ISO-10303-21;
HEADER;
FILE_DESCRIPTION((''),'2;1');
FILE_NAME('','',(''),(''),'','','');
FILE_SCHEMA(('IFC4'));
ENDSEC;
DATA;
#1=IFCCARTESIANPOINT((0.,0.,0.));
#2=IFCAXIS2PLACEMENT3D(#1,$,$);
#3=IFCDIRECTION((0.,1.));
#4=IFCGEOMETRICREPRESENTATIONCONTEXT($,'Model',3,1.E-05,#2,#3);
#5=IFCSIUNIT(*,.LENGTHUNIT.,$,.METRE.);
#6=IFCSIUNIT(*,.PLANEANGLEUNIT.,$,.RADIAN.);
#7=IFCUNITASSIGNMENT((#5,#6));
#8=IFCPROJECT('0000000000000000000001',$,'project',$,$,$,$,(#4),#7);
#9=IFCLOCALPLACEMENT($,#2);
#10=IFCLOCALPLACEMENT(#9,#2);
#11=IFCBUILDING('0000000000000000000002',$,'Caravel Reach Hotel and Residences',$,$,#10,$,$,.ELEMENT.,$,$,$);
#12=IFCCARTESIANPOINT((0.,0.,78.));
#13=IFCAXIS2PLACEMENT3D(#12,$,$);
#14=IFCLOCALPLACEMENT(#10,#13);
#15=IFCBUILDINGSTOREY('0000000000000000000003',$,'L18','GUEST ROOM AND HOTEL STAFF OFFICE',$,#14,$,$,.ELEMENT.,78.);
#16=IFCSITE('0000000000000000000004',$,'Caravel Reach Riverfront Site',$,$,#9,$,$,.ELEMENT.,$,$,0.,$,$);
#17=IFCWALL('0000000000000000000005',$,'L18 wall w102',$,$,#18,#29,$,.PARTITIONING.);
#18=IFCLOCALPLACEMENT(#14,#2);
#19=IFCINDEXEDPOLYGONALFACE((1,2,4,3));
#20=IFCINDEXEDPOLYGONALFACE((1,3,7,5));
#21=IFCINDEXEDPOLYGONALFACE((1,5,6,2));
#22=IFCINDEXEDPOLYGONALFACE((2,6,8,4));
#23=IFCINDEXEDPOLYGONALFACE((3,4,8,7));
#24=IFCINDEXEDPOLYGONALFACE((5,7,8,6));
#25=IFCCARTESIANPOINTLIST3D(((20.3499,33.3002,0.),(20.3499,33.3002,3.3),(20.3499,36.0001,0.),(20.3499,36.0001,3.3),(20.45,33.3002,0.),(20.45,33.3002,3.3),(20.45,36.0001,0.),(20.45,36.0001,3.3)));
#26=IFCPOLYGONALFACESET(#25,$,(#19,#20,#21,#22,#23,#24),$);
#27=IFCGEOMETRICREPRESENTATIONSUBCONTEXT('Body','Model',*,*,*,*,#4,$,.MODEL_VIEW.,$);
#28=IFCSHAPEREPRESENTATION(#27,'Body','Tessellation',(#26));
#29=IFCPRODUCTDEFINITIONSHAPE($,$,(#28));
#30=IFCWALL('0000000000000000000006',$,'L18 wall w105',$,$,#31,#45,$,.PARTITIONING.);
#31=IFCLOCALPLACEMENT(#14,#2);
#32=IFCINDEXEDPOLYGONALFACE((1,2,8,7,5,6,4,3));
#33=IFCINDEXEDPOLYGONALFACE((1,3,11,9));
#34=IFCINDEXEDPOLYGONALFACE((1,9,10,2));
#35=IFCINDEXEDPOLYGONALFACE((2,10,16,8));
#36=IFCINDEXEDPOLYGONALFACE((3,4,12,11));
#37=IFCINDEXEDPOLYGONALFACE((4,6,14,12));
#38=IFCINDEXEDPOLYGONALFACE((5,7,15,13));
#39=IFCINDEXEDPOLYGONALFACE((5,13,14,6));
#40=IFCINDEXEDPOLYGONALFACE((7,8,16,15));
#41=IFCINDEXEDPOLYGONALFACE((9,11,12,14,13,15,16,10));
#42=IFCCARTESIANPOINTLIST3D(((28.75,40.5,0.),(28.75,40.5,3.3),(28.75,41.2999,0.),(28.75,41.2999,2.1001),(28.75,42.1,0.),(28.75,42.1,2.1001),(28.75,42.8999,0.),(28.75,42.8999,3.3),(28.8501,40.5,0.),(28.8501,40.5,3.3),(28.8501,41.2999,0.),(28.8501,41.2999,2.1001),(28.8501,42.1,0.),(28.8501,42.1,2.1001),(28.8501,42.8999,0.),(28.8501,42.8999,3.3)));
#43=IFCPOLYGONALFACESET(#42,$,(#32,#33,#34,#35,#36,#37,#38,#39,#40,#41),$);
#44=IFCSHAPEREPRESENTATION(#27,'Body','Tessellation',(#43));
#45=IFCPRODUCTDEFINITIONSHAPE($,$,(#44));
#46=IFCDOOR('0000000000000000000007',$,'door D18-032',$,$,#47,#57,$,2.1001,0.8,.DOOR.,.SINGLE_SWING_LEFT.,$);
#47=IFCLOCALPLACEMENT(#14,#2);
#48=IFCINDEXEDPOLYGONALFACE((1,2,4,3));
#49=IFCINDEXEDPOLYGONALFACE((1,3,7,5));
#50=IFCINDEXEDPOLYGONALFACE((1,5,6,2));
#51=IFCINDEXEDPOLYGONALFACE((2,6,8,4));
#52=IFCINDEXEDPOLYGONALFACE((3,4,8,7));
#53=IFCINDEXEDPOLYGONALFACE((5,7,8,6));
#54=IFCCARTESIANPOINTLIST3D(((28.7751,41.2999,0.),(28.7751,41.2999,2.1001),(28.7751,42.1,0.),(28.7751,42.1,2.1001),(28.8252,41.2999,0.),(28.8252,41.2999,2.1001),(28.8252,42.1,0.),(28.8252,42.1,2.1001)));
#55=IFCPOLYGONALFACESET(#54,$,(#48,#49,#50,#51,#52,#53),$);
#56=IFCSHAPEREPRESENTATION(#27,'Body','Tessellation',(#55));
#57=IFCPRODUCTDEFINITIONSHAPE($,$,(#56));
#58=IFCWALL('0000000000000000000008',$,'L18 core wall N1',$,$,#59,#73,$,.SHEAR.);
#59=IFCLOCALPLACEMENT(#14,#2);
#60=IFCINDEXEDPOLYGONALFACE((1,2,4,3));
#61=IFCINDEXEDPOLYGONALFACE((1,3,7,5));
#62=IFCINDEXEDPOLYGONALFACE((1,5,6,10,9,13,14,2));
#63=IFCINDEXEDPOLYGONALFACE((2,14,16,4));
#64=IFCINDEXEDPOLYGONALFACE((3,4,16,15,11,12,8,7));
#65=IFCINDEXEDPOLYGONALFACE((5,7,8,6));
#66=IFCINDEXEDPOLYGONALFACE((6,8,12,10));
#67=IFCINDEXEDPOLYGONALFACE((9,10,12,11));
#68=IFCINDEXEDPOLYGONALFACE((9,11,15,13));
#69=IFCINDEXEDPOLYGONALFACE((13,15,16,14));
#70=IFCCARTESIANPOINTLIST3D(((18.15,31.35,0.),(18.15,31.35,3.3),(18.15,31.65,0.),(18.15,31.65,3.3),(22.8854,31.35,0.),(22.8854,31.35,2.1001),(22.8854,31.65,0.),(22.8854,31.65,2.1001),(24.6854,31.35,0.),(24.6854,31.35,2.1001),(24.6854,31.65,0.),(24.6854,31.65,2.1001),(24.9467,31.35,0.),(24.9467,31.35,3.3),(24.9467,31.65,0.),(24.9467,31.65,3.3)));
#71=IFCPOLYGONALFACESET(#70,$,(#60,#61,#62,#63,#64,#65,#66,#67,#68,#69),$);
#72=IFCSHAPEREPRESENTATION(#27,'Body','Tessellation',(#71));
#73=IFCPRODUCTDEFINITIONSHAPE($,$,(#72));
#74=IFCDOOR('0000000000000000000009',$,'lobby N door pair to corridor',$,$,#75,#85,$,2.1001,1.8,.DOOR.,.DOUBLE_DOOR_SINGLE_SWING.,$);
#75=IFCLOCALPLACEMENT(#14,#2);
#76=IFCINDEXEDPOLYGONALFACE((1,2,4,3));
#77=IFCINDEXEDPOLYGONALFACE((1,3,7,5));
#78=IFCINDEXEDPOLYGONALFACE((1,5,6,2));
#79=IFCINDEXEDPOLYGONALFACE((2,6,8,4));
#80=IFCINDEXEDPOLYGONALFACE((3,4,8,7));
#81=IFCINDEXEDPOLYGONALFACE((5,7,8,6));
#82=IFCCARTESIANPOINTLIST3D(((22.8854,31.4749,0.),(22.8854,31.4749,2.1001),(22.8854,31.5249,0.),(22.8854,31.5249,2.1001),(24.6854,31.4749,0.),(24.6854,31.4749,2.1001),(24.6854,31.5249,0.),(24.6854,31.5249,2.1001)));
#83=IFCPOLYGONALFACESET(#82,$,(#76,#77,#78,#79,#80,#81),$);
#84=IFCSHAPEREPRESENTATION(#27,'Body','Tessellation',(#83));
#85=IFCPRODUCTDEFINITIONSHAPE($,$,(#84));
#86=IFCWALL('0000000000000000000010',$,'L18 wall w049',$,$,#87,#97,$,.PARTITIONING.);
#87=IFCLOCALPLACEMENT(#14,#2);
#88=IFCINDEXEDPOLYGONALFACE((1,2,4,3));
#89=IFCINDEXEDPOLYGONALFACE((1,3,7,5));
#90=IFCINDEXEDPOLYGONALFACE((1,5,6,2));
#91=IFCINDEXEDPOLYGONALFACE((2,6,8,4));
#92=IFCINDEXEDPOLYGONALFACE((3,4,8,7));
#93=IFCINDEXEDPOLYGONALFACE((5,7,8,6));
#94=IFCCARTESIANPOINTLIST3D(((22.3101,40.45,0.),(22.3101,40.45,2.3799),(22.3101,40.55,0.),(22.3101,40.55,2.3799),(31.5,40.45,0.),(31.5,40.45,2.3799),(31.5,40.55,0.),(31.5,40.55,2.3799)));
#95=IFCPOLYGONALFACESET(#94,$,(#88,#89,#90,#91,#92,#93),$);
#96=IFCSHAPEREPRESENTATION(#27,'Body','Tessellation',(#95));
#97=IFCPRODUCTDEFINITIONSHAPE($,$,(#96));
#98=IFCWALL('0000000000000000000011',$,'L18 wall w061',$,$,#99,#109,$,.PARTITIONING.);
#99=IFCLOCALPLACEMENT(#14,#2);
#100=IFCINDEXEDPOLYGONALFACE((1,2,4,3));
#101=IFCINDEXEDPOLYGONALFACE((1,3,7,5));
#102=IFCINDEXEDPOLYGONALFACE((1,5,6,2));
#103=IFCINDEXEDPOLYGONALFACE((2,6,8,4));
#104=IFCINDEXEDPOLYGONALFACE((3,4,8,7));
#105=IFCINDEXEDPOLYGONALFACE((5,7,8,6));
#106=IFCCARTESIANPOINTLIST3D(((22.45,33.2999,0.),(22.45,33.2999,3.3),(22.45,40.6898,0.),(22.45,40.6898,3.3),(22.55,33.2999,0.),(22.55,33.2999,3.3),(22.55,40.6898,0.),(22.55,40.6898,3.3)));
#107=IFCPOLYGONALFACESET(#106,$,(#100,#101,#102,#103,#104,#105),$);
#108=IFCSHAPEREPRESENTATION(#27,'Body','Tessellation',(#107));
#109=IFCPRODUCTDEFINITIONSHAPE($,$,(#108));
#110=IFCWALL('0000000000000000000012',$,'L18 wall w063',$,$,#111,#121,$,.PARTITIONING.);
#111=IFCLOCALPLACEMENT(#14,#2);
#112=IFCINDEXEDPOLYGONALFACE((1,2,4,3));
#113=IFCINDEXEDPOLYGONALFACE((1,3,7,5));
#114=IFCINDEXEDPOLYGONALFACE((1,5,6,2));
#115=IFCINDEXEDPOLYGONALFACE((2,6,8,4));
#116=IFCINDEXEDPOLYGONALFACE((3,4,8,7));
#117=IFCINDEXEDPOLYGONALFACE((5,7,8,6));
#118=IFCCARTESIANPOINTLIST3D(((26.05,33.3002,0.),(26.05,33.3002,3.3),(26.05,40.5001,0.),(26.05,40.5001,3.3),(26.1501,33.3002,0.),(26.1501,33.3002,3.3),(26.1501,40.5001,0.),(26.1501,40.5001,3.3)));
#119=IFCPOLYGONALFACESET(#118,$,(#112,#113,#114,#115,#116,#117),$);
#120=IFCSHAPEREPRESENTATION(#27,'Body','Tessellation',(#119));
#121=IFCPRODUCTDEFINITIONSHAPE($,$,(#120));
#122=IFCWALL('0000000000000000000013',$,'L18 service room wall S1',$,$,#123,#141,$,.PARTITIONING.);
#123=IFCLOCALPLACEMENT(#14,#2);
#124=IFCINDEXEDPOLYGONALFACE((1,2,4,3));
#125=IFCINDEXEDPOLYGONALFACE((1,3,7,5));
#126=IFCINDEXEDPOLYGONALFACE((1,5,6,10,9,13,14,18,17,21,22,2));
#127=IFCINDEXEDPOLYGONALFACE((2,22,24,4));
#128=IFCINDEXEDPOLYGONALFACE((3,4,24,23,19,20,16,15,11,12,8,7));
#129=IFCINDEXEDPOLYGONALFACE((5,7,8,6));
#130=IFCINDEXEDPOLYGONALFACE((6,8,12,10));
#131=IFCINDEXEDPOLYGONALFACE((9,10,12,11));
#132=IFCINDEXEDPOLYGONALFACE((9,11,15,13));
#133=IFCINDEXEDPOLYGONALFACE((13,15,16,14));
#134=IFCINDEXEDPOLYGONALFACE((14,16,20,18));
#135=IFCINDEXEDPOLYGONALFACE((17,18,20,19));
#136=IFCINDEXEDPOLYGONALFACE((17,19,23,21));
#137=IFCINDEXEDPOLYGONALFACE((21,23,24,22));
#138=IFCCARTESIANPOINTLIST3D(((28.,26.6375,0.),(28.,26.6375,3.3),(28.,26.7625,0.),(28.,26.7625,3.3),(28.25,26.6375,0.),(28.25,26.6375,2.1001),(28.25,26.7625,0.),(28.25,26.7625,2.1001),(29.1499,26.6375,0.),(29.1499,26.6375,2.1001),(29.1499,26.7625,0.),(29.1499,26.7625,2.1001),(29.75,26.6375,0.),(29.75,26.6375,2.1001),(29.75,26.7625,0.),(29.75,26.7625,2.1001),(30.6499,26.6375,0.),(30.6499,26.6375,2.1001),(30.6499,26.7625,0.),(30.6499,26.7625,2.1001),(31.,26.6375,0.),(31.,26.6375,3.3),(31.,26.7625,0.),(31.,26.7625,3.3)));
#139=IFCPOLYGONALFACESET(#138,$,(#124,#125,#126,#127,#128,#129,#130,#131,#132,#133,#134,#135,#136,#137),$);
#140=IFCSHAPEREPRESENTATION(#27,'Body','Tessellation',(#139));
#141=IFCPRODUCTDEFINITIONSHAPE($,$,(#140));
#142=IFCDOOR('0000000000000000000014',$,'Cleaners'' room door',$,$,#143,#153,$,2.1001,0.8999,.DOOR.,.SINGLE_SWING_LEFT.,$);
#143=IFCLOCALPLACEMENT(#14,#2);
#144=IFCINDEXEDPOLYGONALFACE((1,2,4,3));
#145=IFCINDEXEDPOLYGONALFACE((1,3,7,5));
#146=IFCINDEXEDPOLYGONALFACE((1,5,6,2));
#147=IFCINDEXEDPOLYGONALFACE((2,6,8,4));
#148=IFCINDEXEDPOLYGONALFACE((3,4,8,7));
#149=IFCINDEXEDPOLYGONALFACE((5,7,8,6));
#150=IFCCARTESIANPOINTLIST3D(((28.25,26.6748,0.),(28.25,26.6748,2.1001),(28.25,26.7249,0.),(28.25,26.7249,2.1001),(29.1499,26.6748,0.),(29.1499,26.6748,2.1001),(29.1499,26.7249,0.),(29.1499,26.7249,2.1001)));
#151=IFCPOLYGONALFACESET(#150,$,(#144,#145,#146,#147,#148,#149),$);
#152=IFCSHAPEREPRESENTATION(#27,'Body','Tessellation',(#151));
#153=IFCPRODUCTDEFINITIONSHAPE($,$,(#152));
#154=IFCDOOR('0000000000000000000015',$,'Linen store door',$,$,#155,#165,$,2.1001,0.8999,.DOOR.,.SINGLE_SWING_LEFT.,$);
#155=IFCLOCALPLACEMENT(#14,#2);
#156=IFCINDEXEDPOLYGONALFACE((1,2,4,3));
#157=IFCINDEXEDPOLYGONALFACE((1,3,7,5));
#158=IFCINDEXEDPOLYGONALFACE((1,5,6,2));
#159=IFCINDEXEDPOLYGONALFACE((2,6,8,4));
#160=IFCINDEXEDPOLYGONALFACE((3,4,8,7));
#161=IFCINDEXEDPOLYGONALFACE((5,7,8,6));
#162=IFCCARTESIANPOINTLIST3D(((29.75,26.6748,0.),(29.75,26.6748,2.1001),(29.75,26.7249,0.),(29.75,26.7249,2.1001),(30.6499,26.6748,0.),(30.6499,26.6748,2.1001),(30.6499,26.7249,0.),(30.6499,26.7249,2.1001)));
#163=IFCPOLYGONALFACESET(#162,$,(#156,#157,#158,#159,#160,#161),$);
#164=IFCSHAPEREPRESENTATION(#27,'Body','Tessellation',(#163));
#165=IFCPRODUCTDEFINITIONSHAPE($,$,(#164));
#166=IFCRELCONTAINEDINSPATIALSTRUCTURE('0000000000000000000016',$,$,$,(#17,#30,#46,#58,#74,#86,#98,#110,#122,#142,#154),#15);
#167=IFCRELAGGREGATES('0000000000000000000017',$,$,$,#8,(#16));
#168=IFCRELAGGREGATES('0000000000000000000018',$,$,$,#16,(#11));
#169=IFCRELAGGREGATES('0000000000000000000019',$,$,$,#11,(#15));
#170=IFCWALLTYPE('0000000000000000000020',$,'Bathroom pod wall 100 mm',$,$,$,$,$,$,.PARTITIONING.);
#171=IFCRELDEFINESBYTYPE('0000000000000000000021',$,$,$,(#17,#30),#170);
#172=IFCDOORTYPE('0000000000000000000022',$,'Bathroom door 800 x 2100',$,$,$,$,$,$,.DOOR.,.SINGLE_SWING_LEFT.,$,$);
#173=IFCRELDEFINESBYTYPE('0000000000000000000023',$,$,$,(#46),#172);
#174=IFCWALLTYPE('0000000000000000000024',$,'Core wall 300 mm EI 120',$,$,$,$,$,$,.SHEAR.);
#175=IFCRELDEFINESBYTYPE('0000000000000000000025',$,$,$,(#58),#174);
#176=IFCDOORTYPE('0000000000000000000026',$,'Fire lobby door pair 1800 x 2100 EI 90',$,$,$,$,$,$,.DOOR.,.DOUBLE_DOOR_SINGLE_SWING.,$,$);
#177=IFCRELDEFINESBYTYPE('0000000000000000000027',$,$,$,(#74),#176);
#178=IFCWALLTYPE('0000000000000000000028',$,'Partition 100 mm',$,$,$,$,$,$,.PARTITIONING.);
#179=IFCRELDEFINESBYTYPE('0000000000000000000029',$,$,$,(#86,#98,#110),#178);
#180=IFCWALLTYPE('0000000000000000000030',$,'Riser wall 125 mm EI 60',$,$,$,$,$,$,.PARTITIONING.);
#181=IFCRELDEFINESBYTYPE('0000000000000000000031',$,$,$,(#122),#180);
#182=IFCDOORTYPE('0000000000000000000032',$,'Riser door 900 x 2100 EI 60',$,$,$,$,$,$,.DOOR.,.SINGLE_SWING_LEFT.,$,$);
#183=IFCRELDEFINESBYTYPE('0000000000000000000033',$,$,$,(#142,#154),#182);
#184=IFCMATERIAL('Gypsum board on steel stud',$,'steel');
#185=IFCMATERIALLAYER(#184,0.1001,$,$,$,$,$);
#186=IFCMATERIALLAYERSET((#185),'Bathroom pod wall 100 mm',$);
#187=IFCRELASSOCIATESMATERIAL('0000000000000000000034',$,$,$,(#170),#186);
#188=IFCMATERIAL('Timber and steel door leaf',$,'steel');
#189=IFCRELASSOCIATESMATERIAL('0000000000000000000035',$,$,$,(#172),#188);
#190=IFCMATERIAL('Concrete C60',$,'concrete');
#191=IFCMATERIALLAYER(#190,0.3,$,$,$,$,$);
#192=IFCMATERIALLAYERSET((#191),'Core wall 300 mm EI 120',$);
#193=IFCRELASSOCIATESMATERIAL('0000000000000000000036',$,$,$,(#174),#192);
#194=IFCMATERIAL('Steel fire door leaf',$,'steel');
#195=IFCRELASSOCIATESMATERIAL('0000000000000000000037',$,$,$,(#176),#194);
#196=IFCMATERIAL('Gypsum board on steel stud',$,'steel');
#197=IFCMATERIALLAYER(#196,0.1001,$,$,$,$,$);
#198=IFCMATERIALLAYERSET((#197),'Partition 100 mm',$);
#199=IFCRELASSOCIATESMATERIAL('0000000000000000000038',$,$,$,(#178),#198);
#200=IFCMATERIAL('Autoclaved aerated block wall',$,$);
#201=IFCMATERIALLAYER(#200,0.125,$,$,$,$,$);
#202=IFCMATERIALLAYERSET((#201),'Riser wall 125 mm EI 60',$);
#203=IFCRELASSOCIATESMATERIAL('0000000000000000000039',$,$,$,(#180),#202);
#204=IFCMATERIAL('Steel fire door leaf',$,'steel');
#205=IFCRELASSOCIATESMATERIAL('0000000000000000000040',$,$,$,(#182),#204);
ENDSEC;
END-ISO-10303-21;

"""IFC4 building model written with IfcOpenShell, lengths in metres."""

from ifc_helpers import new_model, si_unit, direction, frame, frame_2d, origin, place, context, subcontext, project, spatial, rectangle, extrude, material, layer, layer_set, type_object, element, fill, save


model = new_model("IFC4")

# Units and contexts
model_context = context("Model", 3, precision=1e-05, world=origin(), true_north=direction((0.0, 1.0)))
body_context = subcontext(model_context, "Body", "Model", "MODEL_VIEW")
ifc_project = project(units=[si_unit("LENGTHUNIT", "METRE"), si_unit("PLANEANGLEUNIT", "RADIAN")], contexts=[model_context])

# Site, building, storey
site_placement = place(None, origin())
site = spatial("IfcSite", under=ifc_project, at=site_placement, Name="Caravel Reach Riverfront Site", CompositionType="ELEMENT", RefElevation=0.0)
building_placement = place(site_placement, origin())
building = spatial("IfcBuilding", under=site, at=building_placement, Name="Caravel Reach Hotel and Residences", CompositionType="ELEMENT")
storey_placement = place(building_placement, frame((0.0, 0.0, 78.0)))
storey = spatial("IfcBuildingStorey", under=building, at=storey_placement, Name="L18", Description="GUEST ROOM AND HOTEL STAFF OFFICE", CompositionType="ELEMENT", Elevation=78.0)

# Wall
ifc_material_1 = material(Name="Gypsum board on steel stud", Category="steel")
ifc_layer_1 = layer(ifc_material_1, 0.1001)
ifc_layer_set_1 = layer_set([ifc_layer_1], Name="Bathroom pod wall 100 mm")
wall_type_1 = type_object("IfcWallType", Name="Bathroom pod wall 100 mm", PredefinedType="PARTITIONING", material=ifc_layer_set_1)
wall_1_placement = place(storey_placement, frame((20.3999, 33.3, 0.0), z_axis=(0.0, 0.0, 1.0), x_axis=(0.0, 1.0, 0.0)))
element("IfcWall", 1, at=wall_1_placement, inside=storey, type_object=wall_type_1, Name="L18 wall w102", PredefinedType="PARTITIONING", context=body_context, shape_type="SweptSolid", body=[
    extrude(rectangle(XDim=2.7, YDim=0.1001, at=frame_2d((1.3501, 0.0))), origin(), (0.0, 0.0, 1.0), 3.3),
])

# Walls, openings, doors
wall_2_placement = place(storey_placement, frame((28.8, 40.5, 0.0), z_axis=(0.0, 0.0, 1.0), x_axis=(0.0, 1.0, 0.0)))
wall_2 = element("IfcWall", 2, at=wall_2_placement, inside=storey, type_object=wall_type_1, Name="L18 wall w105", PredefinedType="PARTITIONING", context=body_context, shape_type="SweptSolid", body=[
    extrude(rectangle(XDim=2.3999, YDim=0.1001, at=frame_2d((1.2, 0.0))), origin(), (0.0, 0.0, 1.0), 3.3),
])
opening_1_placement = place(wall_2_placement, frame((0.8, 0.0, 0.0)))
opening_1 = element("IfcOpeningElement", 3, at=opening_1_placement, cuts=wall_2, PredefinedType="OPENING", context=body_context, shape_type="SweptSolid", body=[
    extrude(rectangle(XDim=0.8, YDim=2.1001, at=frame_2d((0.3999, 1.05))), frame((0.0, 0.0601, 0.0), z_axis=(0.0, -1.0, 0.0), x_axis=(1.0, 0.0, 0.0)), (0.0, 0.0, 1.0), 0.1201),
])
ifc_material_2 = material(Name="Timber and steel door leaf", Category="steel")
door_type_1 = type_object("IfcDoorType", Name="Bathroom door 800 x 2100", OperationType="SINGLE_SWING_LEFT", PredefinedType="DOOR", material=ifc_material_2)
door_1_placement = place(opening_1_placement, origin())
door_1 = element("IfcDoor", 4, at=door_1_placement, inside=storey, type_object=door_type_1, Name="door D18-032", OperationType="SINGLE_SWING_LEFT", OverallHeight=2.1001, OverallWidth=0.8, PredefinedType="DOOR", context=body_context, shape_type="SweptSolid", body=[
    extrude(rectangle(XDim=0.8, YDim=2.1001, at=frame_2d((0.3999, 1.05))), frame((0.0, 0.0249, 0.0), z_axis=(0.0, -1.0, 0.0), x_axis=(1.0, 0.0, 0.0)), (0.0, 0.0, 1.0), 0.05),
])
fill(opening_1, door_1)
ifc_material_3 = material(Name="Concrete C60", Category="concrete")
ifc_layer_2 = layer(ifc_material_3, 0.3)
ifc_layer_set_2 = layer_set([ifc_layer_2], Name="Core wall 300 mm EI 120")
wall_type_2 = type_object("IfcWallType", Name="Core wall 300 mm EI 120", PredefinedType="SHEAR", material=ifc_layer_set_2)
wall_3_placement = place(storey_placement, frame((18.1499, 31.5, 0.0), z_axis=(0.0, 0.0, 1.0), x_axis=(1.0, 0.0, 0.0)))
wall_3 = element("IfcWall", 5, at=wall_3_placement, inside=storey, type_object=wall_type_2, Name="L18 core wall N1", PredefinedType="SHEAR", context=body_context, shape_type="SweptSolid", body=[
    extrude(rectangle(XDim=6.7966, YDim=0.3, at=frame_2d((3.3984, 0.0))), origin(), (0.0, 0.0, 1.0), 3.3),
])
opening_2_placement = place(wall_3_placement, frame((4.7356, 0.0, 0.0)))
opening_2 = element("IfcOpeningElement", 6, at=opening_2_placement, cuts=wall_3, PredefinedType="OPENING", context=body_context, shape_type="SweptSolid", body=[
    extrude(rectangle(XDim=1.8, YDim=2.1001, at=frame_2d((0.8999, 1.05))), frame((0.0, 0.1599, 0.0), z_axis=(0.0, -1.0, 0.0), x_axis=(1.0, 0.0, 0.0)), (0.0, 0.0, 1.0), 0.3201),
])
ifc_material_4 = material(Name="Steel fire door leaf", Category="steel")
door_type_2 = type_object("IfcDoorType", Name="Fire lobby door pair 1800 x 2100 EI 90", OperationType="DOUBLE_DOOR_SINGLE_SWING", PredefinedType="DOOR", material=ifc_material_4)
door_2_placement = place(opening_2_placement, origin())
door_2 = element("IfcDoor", 7, at=door_2_placement, inside=storey, type_object=door_type_2, Name="lobby N door pair to corridor", OperationType="DOUBLE_DOOR_SINGLE_SWING", OverallHeight=2.1001, OverallWidth=1.8, PredefinedType="DOOR", context=body_context, shape_type="SweptSolid", body=[
    extrude(rectangle(XDim=1.8, YDim=2.1001, at=frame_2d((0.8999, 1.05))), frame((0.0, 0.0249, 0.0), z_axis=(0.0, -1.0, 0.0), x_axis=(1.0, 0.0, 0.0)), (0.0, 0.0, 1.0), 0.05),
])
fill(opening_2, door_2)

# Walls
ifc_material_5 = material(Name="Gypsum board on steel stud", Category="steel")
ifc_layer_3 = layer(ifc_material_5, 0.1001)
ifc_layer_set_3 = layer_set([ifc_layer_3], Name="Partition 100 mm")
wall_type_3 = type_object("IfcWallType", Name="Partition 100 mm", PredefinedType="PARTITIONING", material=ifc_layer_set_3)
wall_4_placement = place(storey_placement, frame((22.3101, 40.5, 0.0), z_axis=(0.0, 0.0, 1.0), x_axis=(1.0, 0.0, 0.0)))
element("IfcWall", 8, at=wall_4_placement, inside=storey, type_object=wall_type_3, Name="L18 wall w049", PredefinedType="PARTITIONING", context=body_context, shape_type="SweptSolid", body=[
    extrude(rectangle(XDim=9.1899, YDim=0.1001, at=frame_2d((4.595, 0.0))), origin(), (0.0, 0.0, 1.0), 2.3799),
])
wall_5_placement = place(storey_placement, frame((22.5, 33.3, 0.0), z_axis=(0.0, 0.0, 1.0), x_axis=(0.0, 1.0, 0.0)))
element("IfcWall", 9, at=wall_5_placement, inside=storey, type_object=wall_type_3, Name="L18 wall w061", PredefinedType="PARTITIONING", context=body_context, shape_type="SweptSolid", body=[
    extrude(rectangle(XDim=7.3899, YDim=0.1001, at=frame_2d((3.6948, 0.0))), origin(), (0.0, 0.0, 1.0), 3.3),
])
wall_6_placement = place(storey_placement, frame((26.1001, 33.3, 0.0), z_axis=(0.0, 0.0, 1.0), x_axis=(0.0, 1.0, 0.0)))
element("IfcWall", 10, at=wall_6_placement, inside=storey, type_object=wall_type_3, Name="L18 wall w063", PredefinedType="PARTITIONING", context=body_context, shape_type="SweptSolid", body=[
    extrude(rectangle(XDim=7.2, YDim=0.1001, at=frame_2d((3.6001, 0.0))), origin(), (0.0, 0.0, 1.0), 3.3),
])

# Wall, openings, doors
ifc_material_6 = material(Name="Autoclaved aerated block wall")
ifc_layer_4 = layer(ifc_material_6, 0.125)
ifc_layer_set_4 = layer_set([ifc_layer_4], Name="Riser wall 125 mm EI 60")
wall_type_4 = type_object("IfcWallType", Name="Riser wall 125 mm EI 60", PredefinedType="PARTITIONING", material=ifc_layer_set_4)
wall_7_placement = place(storey_placement, frame((28.0, 26.7, 0.0), z_axis=(0.0, 0.0, 1.0), x_axis=(1.0, 0.0, 0.0)))
wall_7 = element("IfcWall", 11, at=wall_7_placement, inside=storey, type_object=wall_type_4, Name="L18 service room wall S1", PredefinedType="PARTITIONING", context=body_context, shape_type="SweptSolid", body=[
    extrude(rectangle(XDim=3.0, YDim=0.125, at=frame_2d((1.5, 0.0))), origin(), (0.0, 0.0, 1.0), 3.3),
])
opening_3_placement = place(wall_7_placement, frame((0.25, 0.0, 0.0)))
opening_3 = element("IfcOpeningElement", 12, at=opening_3_placement, cuts=wall_7, PredefinedType="OPENING", context=body_context, shape_type="SweptSolid", body=[
    extrude(rectangle(XDim=0.8999, YDim=2.1001, at=frame_2d((0.45, 1.05))), frame((0.0, 0.0725, 0.0), z_axis=(0.0, -1.0, 0.0), x_axis=(1.0, 0.0, 0.0)), (0.0, 0.0, 1.0), 0.145),
])
opening_4_placement = place(wall_7_placement, frame((1.75, 0.0, 0.0)))
opening_4 = element("IfcOpeningElement", 13, at=opening_4_placement, cuts=wall_7, PredefinedType="OPENING", context=body_context, shape_type="SweptSolid", body=[
    extrude(rectangle(XDim=0.8999, YDim=2.1001, at=frame_2d((0.45, 1.05))), frame((0.0, 0.0725, 0.0), z_axis=(0.0, -1.0, 0.0), x_axis=(1.0, 0.0, 0.0)), (0.0, 0.0, 1.0), 0.145),
])
ifc_material_7 = material(Name="Steel fire door leaf", Category="steel")
door_type_3 = type_object("IfcDoorType", Name="Riser door 900 x 2100 EI 60", OperationType="SINGLE_SWING_LEFT", PredefinedType="DOOR", material=ifc_material_7)
door_3_placement = place(opening_3_placement, origin())
door_3 = element("IfcDoor", 14, at=door_3_placement, inside=storey, type_object=door_type_3, Name="Cleaners' room door", OperationType="SINGLE_SWING_LEFT", OverallHeight=2.1001, OverallWidth=0.8999, PredefinedType="DOOR", context=body_context, shape_type="SweptSolid", body=[
    extrude(rectangle(XDim=0.8999, YDim=2.1001, at=frame_2d((0.45, 1.05))), frame((0.0, 0.0249, 0.0), z_axis=(0.0, -1.0, 0.0), x_axis=(1.0, 0.0, 0.0)), (0.0, 0.0, 1.0), 0.05),
])
fill(opening_3, door_3)
door_4_placement = place(opening_4_placement, origin())
door_4 = element("IfcDoor", 15, at=door_4_placement, inside=storey, type_object=door_type_3, Name="Linen store door", OperationType="SINGLE_SWING_LEFT", OverallHeight=2.1001, OverallWidth=0.8999, PredefinedType="DOOR", context=body_context, shape_type="SweptSolid", body=[
    extrude(rectangle(XDim=0.8999, YDim=2.1001, at=frame_2d((0.45, 1.05))), frame((0.0, 0.0249, 0.0), z_axis=(0.0, -1.0, 0.0), x_axis=(1.0, 0.0, 0.0)), (0.0, 0.0, 1.0), 0.05),
])
fill(opening_4, door_4)

save(model, "model.ifc")
